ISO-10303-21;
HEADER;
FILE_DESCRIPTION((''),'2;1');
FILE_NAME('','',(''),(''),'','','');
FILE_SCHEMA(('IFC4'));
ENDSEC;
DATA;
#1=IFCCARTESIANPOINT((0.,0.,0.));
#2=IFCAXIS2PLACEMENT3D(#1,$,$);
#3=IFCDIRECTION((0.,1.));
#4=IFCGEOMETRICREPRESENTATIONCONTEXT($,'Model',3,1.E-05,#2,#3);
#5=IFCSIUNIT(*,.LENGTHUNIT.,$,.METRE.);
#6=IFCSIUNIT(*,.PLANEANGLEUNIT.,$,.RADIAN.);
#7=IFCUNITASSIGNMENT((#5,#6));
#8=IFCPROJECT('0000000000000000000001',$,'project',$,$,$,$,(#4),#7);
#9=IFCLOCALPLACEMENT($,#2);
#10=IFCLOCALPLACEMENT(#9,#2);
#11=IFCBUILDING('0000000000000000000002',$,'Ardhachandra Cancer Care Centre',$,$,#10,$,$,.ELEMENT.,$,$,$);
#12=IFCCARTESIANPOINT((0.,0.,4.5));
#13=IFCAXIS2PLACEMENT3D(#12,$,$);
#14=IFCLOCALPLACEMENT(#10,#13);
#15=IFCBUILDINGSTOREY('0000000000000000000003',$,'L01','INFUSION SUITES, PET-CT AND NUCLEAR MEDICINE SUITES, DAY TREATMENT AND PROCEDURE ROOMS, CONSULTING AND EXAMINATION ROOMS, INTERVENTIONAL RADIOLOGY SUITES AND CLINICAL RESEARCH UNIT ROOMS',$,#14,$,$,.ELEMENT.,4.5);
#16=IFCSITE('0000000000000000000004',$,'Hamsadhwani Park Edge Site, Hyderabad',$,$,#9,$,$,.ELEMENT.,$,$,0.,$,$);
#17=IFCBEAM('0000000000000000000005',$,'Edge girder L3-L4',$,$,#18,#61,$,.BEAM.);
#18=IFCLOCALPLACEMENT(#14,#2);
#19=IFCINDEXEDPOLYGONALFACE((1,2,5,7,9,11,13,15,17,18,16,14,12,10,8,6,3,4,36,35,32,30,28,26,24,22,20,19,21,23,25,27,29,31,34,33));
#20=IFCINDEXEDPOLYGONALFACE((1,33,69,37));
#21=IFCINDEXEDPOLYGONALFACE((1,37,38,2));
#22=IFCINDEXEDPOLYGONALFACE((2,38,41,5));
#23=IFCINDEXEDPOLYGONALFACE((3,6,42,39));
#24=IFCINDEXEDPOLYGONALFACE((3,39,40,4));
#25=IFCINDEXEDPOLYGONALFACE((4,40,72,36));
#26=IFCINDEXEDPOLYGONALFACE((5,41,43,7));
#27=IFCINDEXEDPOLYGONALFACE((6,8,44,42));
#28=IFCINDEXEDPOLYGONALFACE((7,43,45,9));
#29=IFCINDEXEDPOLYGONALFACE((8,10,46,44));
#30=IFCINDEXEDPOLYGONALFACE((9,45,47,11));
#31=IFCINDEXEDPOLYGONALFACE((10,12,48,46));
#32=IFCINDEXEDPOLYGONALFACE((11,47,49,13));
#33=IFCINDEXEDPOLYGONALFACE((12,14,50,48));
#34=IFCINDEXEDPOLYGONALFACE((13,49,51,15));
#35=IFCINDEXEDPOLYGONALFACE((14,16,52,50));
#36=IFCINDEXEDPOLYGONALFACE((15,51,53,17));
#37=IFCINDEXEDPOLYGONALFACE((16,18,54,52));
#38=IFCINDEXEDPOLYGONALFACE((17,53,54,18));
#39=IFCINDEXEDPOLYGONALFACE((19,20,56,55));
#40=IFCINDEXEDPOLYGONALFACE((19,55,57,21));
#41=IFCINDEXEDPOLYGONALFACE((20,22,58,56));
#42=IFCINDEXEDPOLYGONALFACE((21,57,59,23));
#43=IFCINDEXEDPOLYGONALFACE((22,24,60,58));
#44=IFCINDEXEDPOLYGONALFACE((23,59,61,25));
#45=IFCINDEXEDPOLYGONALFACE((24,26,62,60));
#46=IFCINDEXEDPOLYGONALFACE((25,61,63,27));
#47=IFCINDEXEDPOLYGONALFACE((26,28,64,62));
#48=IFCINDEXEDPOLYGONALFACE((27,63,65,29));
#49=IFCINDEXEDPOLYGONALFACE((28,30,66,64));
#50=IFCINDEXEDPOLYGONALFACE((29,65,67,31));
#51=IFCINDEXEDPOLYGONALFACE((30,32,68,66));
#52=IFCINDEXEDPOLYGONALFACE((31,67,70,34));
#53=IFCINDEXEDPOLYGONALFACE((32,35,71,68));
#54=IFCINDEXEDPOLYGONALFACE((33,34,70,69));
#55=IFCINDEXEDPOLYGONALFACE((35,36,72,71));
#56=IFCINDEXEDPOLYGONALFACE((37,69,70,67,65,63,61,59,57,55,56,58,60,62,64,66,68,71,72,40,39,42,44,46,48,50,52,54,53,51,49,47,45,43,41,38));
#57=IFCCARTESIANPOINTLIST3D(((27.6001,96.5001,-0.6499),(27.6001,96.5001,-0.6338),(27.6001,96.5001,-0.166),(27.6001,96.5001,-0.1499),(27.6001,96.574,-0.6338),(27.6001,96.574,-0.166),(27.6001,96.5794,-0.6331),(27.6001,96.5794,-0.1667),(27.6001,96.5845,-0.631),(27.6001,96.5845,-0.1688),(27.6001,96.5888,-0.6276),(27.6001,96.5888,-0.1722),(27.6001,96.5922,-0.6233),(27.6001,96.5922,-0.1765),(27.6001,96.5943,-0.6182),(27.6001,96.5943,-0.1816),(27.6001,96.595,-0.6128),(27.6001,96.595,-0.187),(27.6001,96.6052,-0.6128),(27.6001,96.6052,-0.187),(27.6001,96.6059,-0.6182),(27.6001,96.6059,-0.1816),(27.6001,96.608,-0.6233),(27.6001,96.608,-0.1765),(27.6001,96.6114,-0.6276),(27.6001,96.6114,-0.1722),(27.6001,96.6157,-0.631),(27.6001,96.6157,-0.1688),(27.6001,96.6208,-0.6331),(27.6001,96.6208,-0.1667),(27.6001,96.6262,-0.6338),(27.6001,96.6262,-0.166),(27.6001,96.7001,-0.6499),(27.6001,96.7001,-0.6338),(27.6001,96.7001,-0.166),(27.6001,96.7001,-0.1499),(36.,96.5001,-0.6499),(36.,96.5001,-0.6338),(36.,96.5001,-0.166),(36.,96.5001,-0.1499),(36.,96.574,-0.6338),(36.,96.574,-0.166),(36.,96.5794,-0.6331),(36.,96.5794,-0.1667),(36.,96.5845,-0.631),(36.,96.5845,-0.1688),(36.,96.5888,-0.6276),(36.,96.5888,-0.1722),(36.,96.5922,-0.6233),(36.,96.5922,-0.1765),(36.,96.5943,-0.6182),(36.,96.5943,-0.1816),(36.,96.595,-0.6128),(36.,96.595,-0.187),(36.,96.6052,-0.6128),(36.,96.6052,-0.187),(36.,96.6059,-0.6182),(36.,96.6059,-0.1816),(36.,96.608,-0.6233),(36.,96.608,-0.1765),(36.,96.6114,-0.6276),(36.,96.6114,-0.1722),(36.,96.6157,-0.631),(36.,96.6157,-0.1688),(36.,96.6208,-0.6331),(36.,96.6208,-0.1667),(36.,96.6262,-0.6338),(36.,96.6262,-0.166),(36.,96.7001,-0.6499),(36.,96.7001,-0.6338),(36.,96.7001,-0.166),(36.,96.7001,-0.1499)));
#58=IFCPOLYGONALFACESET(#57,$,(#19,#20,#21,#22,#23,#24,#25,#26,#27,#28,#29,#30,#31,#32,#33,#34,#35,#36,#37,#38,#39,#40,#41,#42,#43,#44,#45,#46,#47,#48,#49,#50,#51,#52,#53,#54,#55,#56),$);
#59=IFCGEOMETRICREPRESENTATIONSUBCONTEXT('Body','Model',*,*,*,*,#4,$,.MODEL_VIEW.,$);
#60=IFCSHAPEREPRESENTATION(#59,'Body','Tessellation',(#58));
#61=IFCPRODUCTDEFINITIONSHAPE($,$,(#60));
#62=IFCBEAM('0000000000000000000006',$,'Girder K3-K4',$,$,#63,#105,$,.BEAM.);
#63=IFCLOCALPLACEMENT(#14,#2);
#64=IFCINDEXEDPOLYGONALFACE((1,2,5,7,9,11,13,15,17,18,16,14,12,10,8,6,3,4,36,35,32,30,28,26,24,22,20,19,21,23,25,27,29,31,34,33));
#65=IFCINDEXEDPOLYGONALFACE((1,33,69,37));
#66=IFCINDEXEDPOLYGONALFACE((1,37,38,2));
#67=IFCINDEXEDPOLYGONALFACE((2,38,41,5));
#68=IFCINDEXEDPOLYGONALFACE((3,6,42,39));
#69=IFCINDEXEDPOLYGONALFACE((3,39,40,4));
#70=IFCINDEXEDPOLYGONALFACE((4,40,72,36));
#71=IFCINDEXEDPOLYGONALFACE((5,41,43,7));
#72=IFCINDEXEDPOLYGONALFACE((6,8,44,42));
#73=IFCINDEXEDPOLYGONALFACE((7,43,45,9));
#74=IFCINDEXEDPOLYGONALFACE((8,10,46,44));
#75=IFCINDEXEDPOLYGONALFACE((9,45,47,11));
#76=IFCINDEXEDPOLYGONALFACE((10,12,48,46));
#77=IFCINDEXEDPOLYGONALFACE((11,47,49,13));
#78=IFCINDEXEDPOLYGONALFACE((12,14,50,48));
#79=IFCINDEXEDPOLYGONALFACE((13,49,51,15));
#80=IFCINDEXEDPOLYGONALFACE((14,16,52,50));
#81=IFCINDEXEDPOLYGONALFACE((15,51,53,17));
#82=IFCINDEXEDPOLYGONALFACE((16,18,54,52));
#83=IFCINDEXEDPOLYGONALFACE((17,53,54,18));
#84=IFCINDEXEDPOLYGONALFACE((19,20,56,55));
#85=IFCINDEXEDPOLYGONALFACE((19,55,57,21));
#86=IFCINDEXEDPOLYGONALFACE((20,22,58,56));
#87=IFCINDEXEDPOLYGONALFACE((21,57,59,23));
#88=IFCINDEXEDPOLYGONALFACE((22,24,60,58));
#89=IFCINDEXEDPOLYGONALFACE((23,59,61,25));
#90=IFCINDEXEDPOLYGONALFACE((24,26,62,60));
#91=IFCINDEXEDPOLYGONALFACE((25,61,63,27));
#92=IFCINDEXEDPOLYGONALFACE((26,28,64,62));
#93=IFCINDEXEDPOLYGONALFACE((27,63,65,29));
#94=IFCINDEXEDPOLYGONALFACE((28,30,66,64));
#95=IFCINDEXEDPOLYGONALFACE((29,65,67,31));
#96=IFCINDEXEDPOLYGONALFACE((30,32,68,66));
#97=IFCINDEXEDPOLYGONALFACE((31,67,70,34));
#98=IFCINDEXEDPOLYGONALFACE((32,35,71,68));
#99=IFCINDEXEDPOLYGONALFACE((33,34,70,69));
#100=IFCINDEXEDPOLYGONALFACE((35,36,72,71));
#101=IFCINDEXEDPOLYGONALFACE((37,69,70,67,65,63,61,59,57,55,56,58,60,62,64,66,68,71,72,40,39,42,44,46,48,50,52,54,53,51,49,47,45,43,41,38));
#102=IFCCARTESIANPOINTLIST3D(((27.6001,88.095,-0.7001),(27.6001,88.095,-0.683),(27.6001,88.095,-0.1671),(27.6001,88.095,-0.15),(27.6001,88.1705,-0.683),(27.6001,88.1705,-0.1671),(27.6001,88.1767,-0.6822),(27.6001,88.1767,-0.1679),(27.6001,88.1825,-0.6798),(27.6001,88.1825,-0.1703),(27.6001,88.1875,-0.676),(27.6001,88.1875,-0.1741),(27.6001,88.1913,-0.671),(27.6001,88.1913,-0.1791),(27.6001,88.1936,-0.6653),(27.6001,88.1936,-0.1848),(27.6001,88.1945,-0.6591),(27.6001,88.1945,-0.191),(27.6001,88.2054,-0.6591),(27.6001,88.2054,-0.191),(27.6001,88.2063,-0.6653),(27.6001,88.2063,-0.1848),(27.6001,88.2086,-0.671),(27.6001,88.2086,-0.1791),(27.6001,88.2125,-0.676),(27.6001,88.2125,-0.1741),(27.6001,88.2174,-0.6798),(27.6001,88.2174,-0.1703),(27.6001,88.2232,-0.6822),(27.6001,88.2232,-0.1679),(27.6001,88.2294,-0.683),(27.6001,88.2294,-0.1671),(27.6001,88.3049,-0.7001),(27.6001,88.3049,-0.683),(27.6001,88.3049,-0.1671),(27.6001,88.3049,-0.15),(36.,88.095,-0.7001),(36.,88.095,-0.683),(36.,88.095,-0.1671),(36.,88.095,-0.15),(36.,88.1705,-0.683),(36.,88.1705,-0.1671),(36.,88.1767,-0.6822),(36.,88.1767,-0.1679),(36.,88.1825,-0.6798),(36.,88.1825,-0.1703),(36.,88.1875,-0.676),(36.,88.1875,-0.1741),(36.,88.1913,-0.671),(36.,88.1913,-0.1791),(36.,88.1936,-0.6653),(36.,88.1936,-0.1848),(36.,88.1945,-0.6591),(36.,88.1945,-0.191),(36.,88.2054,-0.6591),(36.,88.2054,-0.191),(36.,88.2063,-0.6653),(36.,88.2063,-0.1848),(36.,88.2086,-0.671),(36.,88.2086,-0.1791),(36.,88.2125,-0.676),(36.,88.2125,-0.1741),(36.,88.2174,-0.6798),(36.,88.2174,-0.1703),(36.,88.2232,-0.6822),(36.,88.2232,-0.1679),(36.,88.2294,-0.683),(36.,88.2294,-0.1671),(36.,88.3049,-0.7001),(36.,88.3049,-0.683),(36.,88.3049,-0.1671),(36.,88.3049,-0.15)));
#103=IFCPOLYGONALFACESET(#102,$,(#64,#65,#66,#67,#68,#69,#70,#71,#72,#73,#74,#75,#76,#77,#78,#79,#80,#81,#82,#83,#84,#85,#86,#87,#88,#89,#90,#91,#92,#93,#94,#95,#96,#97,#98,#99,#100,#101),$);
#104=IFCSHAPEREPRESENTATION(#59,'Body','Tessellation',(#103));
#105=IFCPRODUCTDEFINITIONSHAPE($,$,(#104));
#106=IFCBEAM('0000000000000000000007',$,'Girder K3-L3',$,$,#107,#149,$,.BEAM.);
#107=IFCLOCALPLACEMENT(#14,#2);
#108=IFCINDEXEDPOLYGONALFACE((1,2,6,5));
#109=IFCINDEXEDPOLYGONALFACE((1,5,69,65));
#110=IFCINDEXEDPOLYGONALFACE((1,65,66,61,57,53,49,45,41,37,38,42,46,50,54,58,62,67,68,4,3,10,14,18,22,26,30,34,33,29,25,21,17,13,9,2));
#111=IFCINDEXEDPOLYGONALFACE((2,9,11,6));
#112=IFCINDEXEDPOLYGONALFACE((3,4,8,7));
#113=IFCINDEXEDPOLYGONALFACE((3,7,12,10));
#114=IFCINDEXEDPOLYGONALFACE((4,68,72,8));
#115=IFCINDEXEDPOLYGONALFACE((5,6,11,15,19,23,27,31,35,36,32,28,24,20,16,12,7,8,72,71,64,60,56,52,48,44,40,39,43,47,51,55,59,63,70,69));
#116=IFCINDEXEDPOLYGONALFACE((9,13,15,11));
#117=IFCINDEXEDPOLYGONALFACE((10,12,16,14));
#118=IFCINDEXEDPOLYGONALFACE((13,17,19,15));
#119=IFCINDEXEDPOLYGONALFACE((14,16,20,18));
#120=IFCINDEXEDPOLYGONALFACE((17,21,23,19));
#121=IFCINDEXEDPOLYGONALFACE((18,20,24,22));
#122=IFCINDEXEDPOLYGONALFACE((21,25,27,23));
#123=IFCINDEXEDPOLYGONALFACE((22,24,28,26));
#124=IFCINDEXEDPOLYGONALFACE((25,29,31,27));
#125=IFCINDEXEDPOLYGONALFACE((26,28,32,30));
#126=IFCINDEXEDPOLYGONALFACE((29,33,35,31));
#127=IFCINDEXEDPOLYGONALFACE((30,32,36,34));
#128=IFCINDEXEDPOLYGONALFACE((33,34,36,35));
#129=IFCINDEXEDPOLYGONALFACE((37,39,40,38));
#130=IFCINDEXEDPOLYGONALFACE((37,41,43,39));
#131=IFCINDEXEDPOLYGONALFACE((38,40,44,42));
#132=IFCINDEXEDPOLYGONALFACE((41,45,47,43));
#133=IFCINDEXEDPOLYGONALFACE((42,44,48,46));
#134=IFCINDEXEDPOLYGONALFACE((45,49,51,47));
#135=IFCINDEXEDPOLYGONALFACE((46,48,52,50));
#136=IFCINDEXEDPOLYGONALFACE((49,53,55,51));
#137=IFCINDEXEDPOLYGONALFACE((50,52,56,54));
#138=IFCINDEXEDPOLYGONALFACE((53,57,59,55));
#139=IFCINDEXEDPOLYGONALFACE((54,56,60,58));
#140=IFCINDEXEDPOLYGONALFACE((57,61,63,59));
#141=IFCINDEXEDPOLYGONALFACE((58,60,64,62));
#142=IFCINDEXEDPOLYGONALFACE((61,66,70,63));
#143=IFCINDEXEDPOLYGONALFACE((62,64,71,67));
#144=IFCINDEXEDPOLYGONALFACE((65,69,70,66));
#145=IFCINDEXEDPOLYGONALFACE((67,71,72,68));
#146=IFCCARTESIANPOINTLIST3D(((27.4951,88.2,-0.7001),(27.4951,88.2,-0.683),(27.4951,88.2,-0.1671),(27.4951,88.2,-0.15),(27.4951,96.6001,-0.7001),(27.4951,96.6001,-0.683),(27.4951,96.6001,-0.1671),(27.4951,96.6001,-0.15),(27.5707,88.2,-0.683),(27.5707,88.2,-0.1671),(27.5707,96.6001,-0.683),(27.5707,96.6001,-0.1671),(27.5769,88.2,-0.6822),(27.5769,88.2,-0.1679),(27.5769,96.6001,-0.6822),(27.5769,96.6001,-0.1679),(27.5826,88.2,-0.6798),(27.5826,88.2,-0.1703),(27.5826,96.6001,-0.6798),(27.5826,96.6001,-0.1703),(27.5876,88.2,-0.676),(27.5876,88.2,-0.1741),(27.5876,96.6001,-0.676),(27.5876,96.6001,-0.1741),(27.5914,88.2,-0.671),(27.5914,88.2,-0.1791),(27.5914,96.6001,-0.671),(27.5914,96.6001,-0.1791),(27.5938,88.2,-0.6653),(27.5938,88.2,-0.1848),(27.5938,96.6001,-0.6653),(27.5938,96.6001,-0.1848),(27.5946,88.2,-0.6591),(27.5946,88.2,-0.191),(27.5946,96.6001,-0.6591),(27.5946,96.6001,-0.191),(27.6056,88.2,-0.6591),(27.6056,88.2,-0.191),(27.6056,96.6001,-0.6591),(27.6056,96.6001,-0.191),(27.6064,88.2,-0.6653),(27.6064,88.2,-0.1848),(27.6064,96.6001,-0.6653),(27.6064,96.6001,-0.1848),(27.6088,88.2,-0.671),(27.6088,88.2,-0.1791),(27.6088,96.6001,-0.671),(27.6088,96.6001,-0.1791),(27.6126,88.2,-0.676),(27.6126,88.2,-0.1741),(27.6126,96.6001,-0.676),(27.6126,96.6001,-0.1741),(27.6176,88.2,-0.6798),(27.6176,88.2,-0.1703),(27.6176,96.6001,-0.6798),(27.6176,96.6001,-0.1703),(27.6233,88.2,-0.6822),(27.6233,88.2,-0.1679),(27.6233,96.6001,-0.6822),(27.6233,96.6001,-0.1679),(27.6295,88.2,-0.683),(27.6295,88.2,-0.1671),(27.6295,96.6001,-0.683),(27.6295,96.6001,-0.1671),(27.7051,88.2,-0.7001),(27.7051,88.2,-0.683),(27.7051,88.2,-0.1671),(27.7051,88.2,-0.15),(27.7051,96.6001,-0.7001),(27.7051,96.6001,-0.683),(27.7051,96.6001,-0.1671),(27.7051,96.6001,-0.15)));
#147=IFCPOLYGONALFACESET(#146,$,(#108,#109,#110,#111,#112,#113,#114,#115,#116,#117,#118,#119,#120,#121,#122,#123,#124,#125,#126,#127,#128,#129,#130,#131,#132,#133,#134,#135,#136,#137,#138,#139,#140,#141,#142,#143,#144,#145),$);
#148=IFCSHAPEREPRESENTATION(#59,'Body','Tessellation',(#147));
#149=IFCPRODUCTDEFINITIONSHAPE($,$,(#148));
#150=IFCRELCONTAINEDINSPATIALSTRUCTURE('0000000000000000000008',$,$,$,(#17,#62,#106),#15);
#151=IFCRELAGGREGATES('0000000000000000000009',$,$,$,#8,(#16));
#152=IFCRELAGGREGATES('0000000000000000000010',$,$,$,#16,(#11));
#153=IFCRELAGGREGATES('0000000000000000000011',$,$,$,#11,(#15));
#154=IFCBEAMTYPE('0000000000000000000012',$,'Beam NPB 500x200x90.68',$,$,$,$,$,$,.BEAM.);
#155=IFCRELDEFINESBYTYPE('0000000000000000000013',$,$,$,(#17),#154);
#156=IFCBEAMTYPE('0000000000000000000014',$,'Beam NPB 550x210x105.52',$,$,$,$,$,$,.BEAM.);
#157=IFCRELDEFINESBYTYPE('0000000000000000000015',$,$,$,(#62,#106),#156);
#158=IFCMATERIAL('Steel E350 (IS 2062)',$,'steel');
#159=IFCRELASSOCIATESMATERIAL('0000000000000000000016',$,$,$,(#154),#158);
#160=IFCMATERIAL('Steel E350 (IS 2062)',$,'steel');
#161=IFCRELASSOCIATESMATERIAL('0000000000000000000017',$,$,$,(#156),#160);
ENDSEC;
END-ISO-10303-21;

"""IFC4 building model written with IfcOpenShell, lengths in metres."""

from ifc_helpers import new_model, si_unit, direction, frame, origin, origin_2d, place, context, subcontext, project, spatial, i_section, extrude, material, material_profile, profile_set, type_object, element, save


model = new_model("IFC4")

# Units and contexts
model_context = context("Model", 3, precision=1e-05, world=origin(), true_north=direction((0.0, 1.0)))
body_context = subcontext(model_context, "Body", "Model", "MODEL_VIEW")
ifc_project = project(units=[si_unit("LENGTHUNIT", "METRE"), si_unit("PLANEANGLEUNIT", "RADIAN")], contexts=[model_context])

# Site, building, storey
site_placement = place(None, origin())
site = spatial("IfcSite", under=ifc_project, at=site_placement, Name="Hamsadhwani Park Edge Site, Hyderabad", CompositionType="ELEMENT", RefElevation=0.0)
building_placement = place(site_placement, origin())
building = spatial("IfcBuilding", under=site, at=building_placement, Name="Ardhachandra Cancer Care Centre", CompositionType="ELEMENT")
storey_placement = place(building_placement, frame((0.0, 0.0, 4.5)))
storey = spatial("IfcBuildingStorey", under=building, at=storey_placement, Name="L01", Description="INFUSION SUITES, PET-CT AND NUCLEAR MEDICINE SUITES, DAY TREATMENT AND PROCEDURE ROOMS, CONSULTING AND EXAMINATION ROOMS, INTERVENTIONAL RADIOLOGY SUITES AND CLINICAL RESEARCH UNIT ROOMS", CompositionType="ELEMENT", Elevation=4.5)

# Beams
ifc_material_1 = material(Name="Steel E350 (IS 2062)", Category="steel")
ifc_material_profile_1 = material_profile(ifc_material_1, i_section(OverallWidth=0.2, OverallDepth=0.5, WebThickness=0.0103, FlangeThickness=0.0161, FilletRadius=0.021, at=origin_2d()), Name="NPB 500x200x90.68")
ifc_profile_set_1 = profile_set([ifc_material_profile_1], Name="Steel E350 (IS 2062)")
beam_type_1 = type_object("IfcBeamType", Name="Beam NPB 500x200x90.68", PredefinedType="BEAM", material=ifc_profile_set_1)
beam_1_placement = place(storey_placement, frame((27.6001, 96.6001, -0.3999), z_axis=(1.0, 0.0, 0.0), x_axis=(0.0, 1.0, 0.0)))
element("IfcBeam", 1, at=beam_1_placement, inside=storey, type_object=beam_type_1, Name="Edge girder L3-L4", PredefinedType="BEAM", context=body_context, shape_type="SweptSolid", body=[
    extrude(i_section(OverallWidth=0.2, OverallDepth=0.5, WebThickness=0.0103, FlangeThickness=0.0161, FilletRadius=0.021, at=origin_2d()), origin(), (0.0, 0.0, 1.0), 8.3999),
])
ifc_material_2 = material(Name="Steel E350 (IS 2062)", Category="steel")
ifc_material_profile_2 = material_profile(ifc_material_2, i_section(OverallWidth=0.21, OverallDepth=0.55, WebThickness=0.011, FlangeThickness=0.0171, FilletRadius=0.0239, at=origin_2d()), Name="NPB 550x210x105.52")
ifc_profile_set_2 = profile_set([ifc_material_profile_2], Name="Steel E350 (IS 2062)")
beam_type_2 = type_object("IfcBeamType", Name="Beam NPB 550x210x105.52", PredefinedType="BEAM", material=ifc_profile_set_2)
beam_2_placement = place(storey_placement, frame((27.6001, 88.2, -0.425), z_axis=(1.0, 0.0, 0.0), x_axis=(0.0, 1.0, 0.0)))
element("IfcBeam", 2, at=beam_2_placement, inside=storey, type_object=beam_type_2, Name="Girder K3-K4", PredefinedType="BEAM", context=body_context, shape_type="SweptSolid", body=[
    extrude(i_section(OverallWidth=0.21, OverallDepth=0.55, WebThickness=0.011, FlangeThickness=0.0171, FilletRadius=0.0239, at=origin_2d()), origin(), (0.0, 0.0, 1.0), 8.3999),
])
beam_3_placement = place(storey_placement, frame((27.6001, 88.2, -0.425), z_axis=(0.0, 1.0, 0.0), x_axis=(-1.0, 0.0, 0.0)))
element("IfcBeam", 3, at=beam_3_placement, inside=storey, type_object=beam_type_2, Name="Girder K3-L3", PredefinedType="BEAM", context=body_context, shape_type="SweptSolid", body=[
    extrude(i_section(OverallWidth=0.21, OverallDepth=0.55, WebThickness=0.011, FlangeThickness=0.0171, FilletRadius=0.0239, at=origin_2d()), origin(), (0.0, 0.0, 1.0), 8.4001),
])

save(model, "model.ifc")
